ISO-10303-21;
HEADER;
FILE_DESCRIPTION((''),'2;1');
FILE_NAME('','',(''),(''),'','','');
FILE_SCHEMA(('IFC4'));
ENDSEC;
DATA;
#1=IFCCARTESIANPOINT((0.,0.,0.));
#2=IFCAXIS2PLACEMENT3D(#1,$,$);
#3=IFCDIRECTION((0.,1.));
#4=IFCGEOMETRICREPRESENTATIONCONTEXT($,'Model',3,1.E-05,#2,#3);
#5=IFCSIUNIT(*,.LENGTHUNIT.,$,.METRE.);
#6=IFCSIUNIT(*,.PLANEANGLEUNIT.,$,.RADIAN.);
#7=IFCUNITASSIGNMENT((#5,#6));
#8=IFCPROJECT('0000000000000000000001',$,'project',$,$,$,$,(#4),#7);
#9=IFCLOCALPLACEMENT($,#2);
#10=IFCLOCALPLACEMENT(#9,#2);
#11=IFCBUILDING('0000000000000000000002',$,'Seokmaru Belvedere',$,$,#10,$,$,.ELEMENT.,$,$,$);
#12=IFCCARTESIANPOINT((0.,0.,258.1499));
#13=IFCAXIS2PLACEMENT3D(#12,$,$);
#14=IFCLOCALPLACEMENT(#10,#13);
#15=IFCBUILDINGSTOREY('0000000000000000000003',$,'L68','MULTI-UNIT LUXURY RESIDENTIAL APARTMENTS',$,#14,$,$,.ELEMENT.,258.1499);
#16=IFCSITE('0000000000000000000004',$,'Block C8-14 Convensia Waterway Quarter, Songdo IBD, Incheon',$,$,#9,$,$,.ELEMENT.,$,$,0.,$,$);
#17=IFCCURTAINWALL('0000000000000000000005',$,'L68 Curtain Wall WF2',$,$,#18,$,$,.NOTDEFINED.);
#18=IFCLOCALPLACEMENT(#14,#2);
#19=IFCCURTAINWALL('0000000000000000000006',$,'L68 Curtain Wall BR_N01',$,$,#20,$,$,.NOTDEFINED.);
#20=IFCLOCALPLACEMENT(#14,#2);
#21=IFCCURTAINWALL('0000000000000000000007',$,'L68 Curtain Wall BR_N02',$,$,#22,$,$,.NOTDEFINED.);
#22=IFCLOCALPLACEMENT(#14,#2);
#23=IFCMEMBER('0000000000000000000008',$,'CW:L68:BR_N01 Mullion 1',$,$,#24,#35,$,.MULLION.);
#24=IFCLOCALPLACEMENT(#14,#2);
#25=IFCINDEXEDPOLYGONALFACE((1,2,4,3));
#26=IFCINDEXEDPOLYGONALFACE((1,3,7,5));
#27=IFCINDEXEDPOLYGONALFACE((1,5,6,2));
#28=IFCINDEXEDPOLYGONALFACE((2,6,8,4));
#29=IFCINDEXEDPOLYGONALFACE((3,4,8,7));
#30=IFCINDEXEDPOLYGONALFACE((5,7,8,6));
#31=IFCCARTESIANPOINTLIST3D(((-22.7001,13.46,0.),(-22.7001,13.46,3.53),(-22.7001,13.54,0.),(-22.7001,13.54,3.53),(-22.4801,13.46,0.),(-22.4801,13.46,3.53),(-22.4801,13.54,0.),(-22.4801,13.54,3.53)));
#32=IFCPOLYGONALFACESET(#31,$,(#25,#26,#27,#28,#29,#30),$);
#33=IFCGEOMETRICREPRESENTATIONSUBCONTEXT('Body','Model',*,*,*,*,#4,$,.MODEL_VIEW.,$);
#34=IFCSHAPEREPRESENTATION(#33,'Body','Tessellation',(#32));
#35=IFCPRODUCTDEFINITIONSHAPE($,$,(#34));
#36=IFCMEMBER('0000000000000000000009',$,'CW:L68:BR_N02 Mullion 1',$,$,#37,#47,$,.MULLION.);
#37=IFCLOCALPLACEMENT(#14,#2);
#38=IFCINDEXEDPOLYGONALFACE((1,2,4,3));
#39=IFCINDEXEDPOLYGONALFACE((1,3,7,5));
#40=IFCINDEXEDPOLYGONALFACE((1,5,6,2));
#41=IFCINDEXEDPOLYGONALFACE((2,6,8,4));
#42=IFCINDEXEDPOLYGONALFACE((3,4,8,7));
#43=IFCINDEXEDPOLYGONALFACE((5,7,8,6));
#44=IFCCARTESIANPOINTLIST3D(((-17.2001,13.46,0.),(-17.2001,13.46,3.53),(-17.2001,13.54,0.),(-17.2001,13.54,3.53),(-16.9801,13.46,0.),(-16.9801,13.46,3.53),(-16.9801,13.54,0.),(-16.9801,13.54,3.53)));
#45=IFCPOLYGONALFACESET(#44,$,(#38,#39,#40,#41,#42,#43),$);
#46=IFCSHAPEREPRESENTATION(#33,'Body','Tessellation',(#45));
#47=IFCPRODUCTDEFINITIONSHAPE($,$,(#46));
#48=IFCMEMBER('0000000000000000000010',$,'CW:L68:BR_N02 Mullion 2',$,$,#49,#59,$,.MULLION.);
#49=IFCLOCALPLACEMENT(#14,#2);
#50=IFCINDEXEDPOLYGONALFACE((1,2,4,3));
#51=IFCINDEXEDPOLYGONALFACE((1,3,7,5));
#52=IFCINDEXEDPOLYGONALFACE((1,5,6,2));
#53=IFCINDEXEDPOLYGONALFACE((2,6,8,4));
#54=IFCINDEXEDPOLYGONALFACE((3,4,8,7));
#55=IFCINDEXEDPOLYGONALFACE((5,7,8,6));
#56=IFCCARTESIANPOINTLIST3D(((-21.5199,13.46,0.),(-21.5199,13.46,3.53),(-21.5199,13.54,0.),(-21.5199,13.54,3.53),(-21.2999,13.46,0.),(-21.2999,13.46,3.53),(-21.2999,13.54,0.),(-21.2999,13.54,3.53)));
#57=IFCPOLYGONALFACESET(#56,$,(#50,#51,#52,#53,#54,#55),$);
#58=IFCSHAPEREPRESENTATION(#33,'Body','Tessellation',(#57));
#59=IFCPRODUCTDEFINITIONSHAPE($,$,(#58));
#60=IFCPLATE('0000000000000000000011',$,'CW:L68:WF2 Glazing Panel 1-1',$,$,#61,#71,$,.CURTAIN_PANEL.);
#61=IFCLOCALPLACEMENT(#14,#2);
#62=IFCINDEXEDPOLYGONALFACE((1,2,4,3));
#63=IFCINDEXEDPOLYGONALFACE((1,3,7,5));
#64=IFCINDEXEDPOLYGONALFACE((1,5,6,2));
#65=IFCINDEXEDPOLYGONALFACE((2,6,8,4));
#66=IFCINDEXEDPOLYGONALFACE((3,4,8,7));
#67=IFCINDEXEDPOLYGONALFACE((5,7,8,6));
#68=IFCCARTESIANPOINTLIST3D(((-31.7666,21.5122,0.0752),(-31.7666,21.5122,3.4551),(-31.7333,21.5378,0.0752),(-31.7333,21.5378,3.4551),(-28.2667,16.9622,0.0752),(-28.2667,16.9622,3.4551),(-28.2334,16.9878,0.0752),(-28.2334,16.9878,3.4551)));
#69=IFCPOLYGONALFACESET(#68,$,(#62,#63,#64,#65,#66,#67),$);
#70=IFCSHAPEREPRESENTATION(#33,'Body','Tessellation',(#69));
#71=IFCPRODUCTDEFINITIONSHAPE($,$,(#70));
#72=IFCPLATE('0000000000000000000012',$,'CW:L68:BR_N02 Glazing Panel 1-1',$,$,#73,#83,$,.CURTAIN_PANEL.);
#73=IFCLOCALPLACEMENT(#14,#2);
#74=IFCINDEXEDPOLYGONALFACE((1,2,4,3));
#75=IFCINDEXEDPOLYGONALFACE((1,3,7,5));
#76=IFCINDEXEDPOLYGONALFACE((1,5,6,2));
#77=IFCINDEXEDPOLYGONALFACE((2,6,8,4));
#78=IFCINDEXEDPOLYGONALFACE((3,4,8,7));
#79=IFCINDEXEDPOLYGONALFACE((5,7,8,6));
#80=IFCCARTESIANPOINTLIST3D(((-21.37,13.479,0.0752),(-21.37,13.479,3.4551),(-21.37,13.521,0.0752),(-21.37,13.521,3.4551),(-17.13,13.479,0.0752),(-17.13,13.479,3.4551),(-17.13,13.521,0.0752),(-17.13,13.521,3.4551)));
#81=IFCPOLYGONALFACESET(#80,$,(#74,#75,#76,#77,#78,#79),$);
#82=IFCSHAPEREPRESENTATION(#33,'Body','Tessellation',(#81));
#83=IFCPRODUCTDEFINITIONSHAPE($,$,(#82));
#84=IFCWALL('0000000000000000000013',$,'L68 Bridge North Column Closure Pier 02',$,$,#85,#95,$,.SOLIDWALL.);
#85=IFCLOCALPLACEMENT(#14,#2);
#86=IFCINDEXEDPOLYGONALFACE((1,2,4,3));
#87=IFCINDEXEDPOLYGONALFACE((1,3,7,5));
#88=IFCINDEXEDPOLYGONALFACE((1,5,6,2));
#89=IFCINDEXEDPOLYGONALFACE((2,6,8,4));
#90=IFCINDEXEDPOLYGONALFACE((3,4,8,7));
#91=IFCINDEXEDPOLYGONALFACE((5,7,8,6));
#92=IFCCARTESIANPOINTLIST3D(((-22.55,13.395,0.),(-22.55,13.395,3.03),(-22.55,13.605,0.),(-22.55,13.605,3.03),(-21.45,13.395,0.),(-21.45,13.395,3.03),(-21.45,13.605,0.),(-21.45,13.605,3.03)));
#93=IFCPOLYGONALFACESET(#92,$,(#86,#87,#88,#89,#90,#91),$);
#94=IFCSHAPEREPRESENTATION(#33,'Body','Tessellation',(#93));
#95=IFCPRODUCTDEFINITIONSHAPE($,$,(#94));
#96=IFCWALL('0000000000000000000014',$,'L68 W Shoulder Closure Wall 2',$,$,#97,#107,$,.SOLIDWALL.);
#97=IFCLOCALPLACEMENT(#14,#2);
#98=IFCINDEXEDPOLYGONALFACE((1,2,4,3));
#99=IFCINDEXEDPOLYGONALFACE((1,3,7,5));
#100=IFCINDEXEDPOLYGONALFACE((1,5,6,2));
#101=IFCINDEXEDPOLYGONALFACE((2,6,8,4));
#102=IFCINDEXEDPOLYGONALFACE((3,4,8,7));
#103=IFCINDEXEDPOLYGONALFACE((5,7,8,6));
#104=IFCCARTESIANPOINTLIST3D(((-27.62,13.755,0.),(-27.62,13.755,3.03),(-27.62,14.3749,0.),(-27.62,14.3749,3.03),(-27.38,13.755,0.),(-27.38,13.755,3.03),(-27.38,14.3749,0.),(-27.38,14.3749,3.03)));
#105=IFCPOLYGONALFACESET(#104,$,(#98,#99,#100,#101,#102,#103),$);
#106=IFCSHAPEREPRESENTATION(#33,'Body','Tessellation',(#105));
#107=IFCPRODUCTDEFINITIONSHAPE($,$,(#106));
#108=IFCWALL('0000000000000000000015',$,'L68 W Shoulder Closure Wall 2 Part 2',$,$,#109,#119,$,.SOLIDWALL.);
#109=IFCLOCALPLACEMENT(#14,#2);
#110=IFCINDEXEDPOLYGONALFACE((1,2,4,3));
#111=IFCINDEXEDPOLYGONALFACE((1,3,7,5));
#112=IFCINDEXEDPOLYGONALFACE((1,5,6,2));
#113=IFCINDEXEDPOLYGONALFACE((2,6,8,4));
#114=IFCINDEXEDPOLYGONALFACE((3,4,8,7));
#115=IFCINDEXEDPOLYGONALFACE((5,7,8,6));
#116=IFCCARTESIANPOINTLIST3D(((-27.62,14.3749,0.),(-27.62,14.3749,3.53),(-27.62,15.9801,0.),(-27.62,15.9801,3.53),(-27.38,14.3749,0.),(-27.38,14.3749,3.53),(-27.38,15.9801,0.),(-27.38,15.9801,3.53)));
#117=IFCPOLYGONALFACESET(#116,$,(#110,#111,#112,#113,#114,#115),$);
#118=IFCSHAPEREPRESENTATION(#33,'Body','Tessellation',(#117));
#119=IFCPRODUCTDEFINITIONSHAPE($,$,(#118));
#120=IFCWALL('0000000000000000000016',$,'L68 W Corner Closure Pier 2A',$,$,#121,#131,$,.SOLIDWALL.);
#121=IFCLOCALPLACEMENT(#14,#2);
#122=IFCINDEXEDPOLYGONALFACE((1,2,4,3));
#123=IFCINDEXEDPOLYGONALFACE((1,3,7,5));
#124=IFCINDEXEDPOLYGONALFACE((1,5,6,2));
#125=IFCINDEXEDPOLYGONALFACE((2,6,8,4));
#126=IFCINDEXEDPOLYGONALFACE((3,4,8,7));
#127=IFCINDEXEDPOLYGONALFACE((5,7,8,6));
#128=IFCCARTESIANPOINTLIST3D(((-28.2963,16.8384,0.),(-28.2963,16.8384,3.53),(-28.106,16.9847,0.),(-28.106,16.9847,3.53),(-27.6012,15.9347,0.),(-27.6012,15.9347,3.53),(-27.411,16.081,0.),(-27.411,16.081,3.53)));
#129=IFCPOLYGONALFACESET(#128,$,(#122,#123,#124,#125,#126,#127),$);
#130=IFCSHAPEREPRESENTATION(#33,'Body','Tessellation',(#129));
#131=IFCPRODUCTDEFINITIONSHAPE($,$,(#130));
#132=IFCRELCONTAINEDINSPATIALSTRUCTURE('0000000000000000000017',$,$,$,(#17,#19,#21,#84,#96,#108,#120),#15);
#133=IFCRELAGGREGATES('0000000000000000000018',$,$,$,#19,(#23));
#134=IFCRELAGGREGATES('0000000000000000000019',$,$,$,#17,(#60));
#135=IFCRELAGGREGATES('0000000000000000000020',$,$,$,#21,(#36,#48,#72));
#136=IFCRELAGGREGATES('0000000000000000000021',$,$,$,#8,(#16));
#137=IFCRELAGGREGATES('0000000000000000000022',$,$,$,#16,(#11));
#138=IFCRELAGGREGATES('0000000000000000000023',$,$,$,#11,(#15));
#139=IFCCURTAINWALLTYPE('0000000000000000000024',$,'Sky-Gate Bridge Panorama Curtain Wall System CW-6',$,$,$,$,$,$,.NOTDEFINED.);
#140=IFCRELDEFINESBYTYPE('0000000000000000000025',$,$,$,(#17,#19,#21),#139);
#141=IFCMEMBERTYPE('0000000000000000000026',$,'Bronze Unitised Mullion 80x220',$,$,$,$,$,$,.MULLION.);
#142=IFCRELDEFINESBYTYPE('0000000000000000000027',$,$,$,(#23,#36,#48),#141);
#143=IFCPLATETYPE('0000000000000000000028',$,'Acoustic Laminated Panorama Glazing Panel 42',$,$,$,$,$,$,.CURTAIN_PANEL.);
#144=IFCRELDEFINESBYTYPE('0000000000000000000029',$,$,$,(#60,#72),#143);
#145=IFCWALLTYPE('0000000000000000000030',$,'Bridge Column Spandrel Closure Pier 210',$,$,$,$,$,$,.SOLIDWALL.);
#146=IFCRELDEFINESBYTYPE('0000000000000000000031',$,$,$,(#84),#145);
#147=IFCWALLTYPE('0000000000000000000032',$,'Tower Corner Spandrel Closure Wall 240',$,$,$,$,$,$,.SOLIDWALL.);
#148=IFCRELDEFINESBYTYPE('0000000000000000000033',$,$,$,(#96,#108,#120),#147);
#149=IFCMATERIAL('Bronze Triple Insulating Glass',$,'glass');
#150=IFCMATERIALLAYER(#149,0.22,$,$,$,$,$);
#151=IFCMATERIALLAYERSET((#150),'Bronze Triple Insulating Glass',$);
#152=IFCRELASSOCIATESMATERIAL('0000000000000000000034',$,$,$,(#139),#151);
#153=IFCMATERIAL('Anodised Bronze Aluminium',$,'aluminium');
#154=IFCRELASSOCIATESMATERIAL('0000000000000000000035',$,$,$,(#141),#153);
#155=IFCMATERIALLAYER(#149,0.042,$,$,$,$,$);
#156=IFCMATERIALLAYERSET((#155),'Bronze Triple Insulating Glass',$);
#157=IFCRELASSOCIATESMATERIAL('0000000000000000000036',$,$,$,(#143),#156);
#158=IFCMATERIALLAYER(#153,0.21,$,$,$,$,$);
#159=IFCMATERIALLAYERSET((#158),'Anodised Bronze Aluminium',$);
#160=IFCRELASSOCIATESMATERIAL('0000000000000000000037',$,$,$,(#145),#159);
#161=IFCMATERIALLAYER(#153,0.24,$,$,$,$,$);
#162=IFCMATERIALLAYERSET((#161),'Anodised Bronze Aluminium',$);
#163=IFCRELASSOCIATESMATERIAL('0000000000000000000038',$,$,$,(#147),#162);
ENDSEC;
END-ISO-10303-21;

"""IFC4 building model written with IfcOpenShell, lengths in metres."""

from ifc_helpers import new_model, si_unit, direction, frame, frame_2d, origin, origin_2d, place, context, subcontext, project, spatial, rectangle, extrude, source, transform, mapped, material, layer, layer_set, material_profile, profile_set, type_object, type_shapes, element, aggregate, save


model = new_model("IFC4")

# Units and contexts
model_context = context("Model", 3, precision=1e-05, world=origin(), true_north=direction((0.0, 1.0)))
body_context = subcontext(model_context, "Body", "Model", "MODEL_VIEW")
ifc_project = project(units=[si_unit("LENGTHUNIT", "METRE"), si_unit("PLANEANGLEUNIT", "RADIAN")], contexts=[model_context])

# Site, building, storey
site_placement = place(None, origin())
site = spatial("IfcSite", under=ifc_project, at=site_placement, Name="Block C8-14 Convensia Waterway Quarter, Songdo IBD, Incheon", CompositionType="ELEMENT", RefElevation=0.0)
building_placement = place(site_placement, origin())
building = spatial("IfcBuilding", under=site, at=building_placement, Name="Seokmaru Belvedere", CompositionType="ELEMENT")
storey_placement = place(building_placement, frame((0.0, 0.0, 258.1499)))
storey = spatial("IfcBuildingStorey", under=building, at=storey_placement, Name="L68", Description="MULTI-UNIT LUXURY RESIDENTIAL APARTMENTS", CompositionType="ELEMENT", Elevation=258.1499)

# Curtain walls
ifc_material_1 = material(Name="Bronze Triple Insulating Glass", Category="glass")
ifc_layer_1 = layer(ifc_material_1, 0.22)
ifc_layer_set_1 = layer_set([ifc_layer_1], Name="Bronze Triple Insulating Glass")
curtain_wall_type = type_object("IfcCurtainWallType", Name="Sky-Gate Bridge Panorama Curtain Wall System CW-6", PredefinedType="NOTDEFINED", material=ifc_layer_set_1)
curtain_wall_1_placement = place(storey_placement, origin())
curtain_wall_1 = element("IfcCurtainWall", 1, at=curtain_wall_1_placement, inside=storey, type_object=curtain_wall_type, Name="L68 Curtain Wall WF2", PredefinedType="NOTDEFINED")
ifc_material_2 = material(Name="Anodised Bronze Aluminium", Category="aluminium")
curtain_wall_2_placement = place(storey_placement, origin())
curtain_wall_2 = element("IfcCurtainWall", 2, at=curtain_wall_2_placement, inside=storey, type_object=curtain_wall_type, Name="L68 Curtain Wall BR_N01", PredefinedType="NOTDEFINED")
curtain_wall_3_placement = place(storey_placement, origin())
curtain_wall_3 = element("IfcCurtainWall", 3, at=curtain_wall_3_placement, inside=storey, type_object=curtain_wall_type, Name="L68 Curtain Wall BR_N02", PredefinedType="NOTDEFINED")

# Members
ifc_material_profile_1 = material_profile(ifc_material_2, rectangle(XDim=0.0801, YDim=0.22, at=origin_2d()), Name="CW-M-80x220")
ifc_profile_set_1 = profile_set([ifc_material_profile_1], Name="Anodised Bronze Aluminium")
member_type_1 = type_object("IfcMemberType", Name="Bronze Unitised Mullion 80x220", PredefinedType="MULLION", material=ifc_profile_set_1)
shared_shape_1 = source(origin(), body_context, "Body", "SweptSolid", [
    extrude(rectangle(XDim=0.0801, YDim=0.22, at=origin_2d()), origin(), (0.0, 0.0, 1.0), 3.53),
])
type_shapes(member_type_1, [shared_shape_1])
member_1_placement = place(storey_placement, frame((-22.5901, 13.5, 0.0), z_axis=(0.0, 0.0, 1.0), x_axis=(0.0, -1.0, 0.0)))
member_1 = element("IfcMember", 4, at=member_1_placement, type_object=member_type_1, Name="CW:L68:BR_N01 Mullion 1", PredefinedType="MULLION", context=body_context, shape_type="MappedRepresentation", body=[
    mapped(shared_shape_1, transform((0.0, 0.0, 0.0), scale=1.0)),
])
aggregate(curtain_wall_2, [member_1])
member_2_placement = place(storey_placement, frame((-17.0901, 13.5, 0.0), z_axis=(0.0, 0.0, 1.0), x_axis=(0.0, -1.0, 0.0)))
member_2 = element("IfcMember", 5, at=member_2_placement, type_object=member_type_1, Name="CW:L68:BR_N02 Mullion 1", PredefinedType="MULLION", context=body_context, shape_type="MappedRepresentation", body=[
    mapped(shared_shape_1, transform((0.0, 0.0, 0.0), scale=1.0)),
])
member_3_placement = place(storey_placement, frame((-21.4099, 13.5, 0.0), z_axis=(0.0, 0.0, 1.0), x_axis=(0.0, -1.0, 0.0)))
member_3 = element("IfcMember", 6, at=member_3_placement, type_object=member_type_1, Name="CW:L68:BR_N02 Mullion 2", PredefinedType="MULLION", context=body_context, shape_type="MappedRepresentation", body=[
    mapped(shared_shape_1, transform((0.0, 0.0, 0.0), scale=1.0)),
])

# Plates
ifc_layer_2 = layer(ifc_material_1, 0.042)
ifc_layer_set_2 = layer_set([ifc_layer_2], Name="Bronze Triple Insulating Glass")
plate_type = type_object("IfcPlateType", Name="Acoustic Laminated Panorama Glazing Panel 42", PredefinedType="CURTAIN_PANEL", material=ifc_layer_set_2)
shared_shape_2 = source(origin(), body_context, "Body", "SweptSolid", [
    extrude(rectangle(XDim=5.7405, YDim=0.042, at=origin_2d()), origin(), (0.0, 0.0, 1.0), 3.3799),
])
plate_1_placement = place(storey_placement, frame((-30.0, 19.25, 0.0752), z_axis=(0.0, 0.0, 1.0), x_axis=(-0.609701, 0.792631, 0.0)))
plate_1 = element("IfcPlate", 7, at=plate_1_placement, type_object=plate_type, Name="CW:L68:WF2 Glazing Panel 1-1", PredefinedType="CURTAIN_PANEL", context=body_context, shape_type="MappedRepresentation", body=[
    mapped(shared_shape_2, transform((0.0, 0.0, 0.0), scale=1.0)),
])
aggregate(curtain_wall_1, [plate_1])
shared_shape_3 = source(origin(), body_context, "Body", "SweptSolid", [
    extrude(rectangle(XDim=4.24, YDim=0.042, at=origin_2d()), origin(), (0.0, 0.0, 1.0), 3.3799),
])
type_shapes(plate_type, [shared_shape_2, shared_shape_3])
plate_2_placement = place(storey_placement, frame((-19.25, 13.5, 0.0752), z_axis=(0.0, 0.0, 1.0), x_axis=(-1.0, 0.0, 0.0)))
plate_2 = element("IfcPlate", 8, at=plate_2_placement, type_object=plate_type, Name="CW:L68:BR_N02 Glazing Panel 1-1", PredefinedType="CURTAIN_PANEL", context=body_context, shape_type="MappedRepresentation", body=[
    mapped(shared_shape_3, transform((0.0, 0.0, 0.0), scale=1.0)),
])
aggregate(curtain_wall_3, [member_2, member_3, plate_2])

# Walls
ifc_layer_3 = layer(ifc_material_2, 0.21)
ifc_layer_set_3 = layer_set([ifc_layer_3], Name="Anodised Bronze Aluminium")
wall_type_1 = type_object("IfcWallType", Name="Bridge Column Spandrel Closure Pier 210", PredefinedType="SOLIDWALL", material=ifc_layer_set_3)
wall_1_placement = place(storey_placement, frame((-22.55, 13.5, 0.0), z_axis=(0.0, 0.0, 1.0), x_axis=(1.0, 0.0, 0.0)))
element("IfcWall", 9, at=wall_1_placement, inside=storey, type_object=wall_type_1, Name="L68 Bridge North Column Closure Pier 02", PredefinedType="SOLIDWALL", context=body_context, shape_type="SweptSolid", body=[
    extrude(rectangle(XDim=1.1001, YDim=0.21, at=frame_2d((0.55, 0.0))), origin(), (0.0, 0.0, 1.0), 3.03),
])
ifc_layer_4 = layer(ifc_material_2, 0.24)
ifc_layer_set_4 = layer_set([ifc_layer_4], Name="Anodised Bronze Aluminium")
wall_type_2 = type_object("IfcWallType", Name="Tower Corner Spandrel Closure Wall 240", PredefinedType="SOLIDWALL", material=ifc_layer_set_4)
wall_2_placement = place(storey_placement, frame((-27.5, 13.7549, 0.0), z_axis=(0.0, 0.0, 1.0), x_axis=(0.0, 1.0, 0.0)))
element("IfcWall", 10, at=wall_2_placement, inside=storey, type_object=wall_type_2, Name="L68 W Shoulder Closure Wall 2", PredefinedType="SOLIDWALL", context=body_context, shape_type="SweptSolid", body=[
    extrude(rectangle(XDim=0.6199, YDim=0.24, at=frame_2d((0.3101, 0.0))), origin(), (0.0, 0.0, 1.0), 3.03),
])
wall_3_placement = place(storey_placement, frame((-27.5, 14.3748, 0.0), z_axis=(0.0, 0.0, 1.0), x_axis=(0.0, 1.0, 0.0)))
element("IfcWall", 11, at=wall_3_placement, inside=storey, type_object=wall_type_2, Name="L68 W Shoulder Closure Wall 2 Part 2", PredefinedType="SOLIDWALL", context=body_context, shape_type="SweptSolid", body=[
    extrude(rectangle(XDim=1.6052, YDim=0.24, at=frame_2d((0.8027, 0.0))), origin(), (0.0, 0.0, 1.0), 3.53),
])
wall_4_placement = place(storey_placement, frame((-27.5061, 16.0078, 0.0), z_axis=(0.0, 0.0, 1.0), x_axis=(-0.609618, 0.792696, 0.0)))
element("IfcWall", 12, at=wall_4_placement, inside=storey, type_object=wall_type_2, Name="L68 W Corner Closure Pier 2A", PredefinedType="SOLIDWALL", context=body_context, shape_type="SweptSolid", body=[
    extrude(rectangle(XDim=1.1401, YDim=0.24, at=frame_2d((0.5701, 0.0))), origin(), (0.0, 0.0, 1.0), 3.53),
])

save(model, "model.ifc")
